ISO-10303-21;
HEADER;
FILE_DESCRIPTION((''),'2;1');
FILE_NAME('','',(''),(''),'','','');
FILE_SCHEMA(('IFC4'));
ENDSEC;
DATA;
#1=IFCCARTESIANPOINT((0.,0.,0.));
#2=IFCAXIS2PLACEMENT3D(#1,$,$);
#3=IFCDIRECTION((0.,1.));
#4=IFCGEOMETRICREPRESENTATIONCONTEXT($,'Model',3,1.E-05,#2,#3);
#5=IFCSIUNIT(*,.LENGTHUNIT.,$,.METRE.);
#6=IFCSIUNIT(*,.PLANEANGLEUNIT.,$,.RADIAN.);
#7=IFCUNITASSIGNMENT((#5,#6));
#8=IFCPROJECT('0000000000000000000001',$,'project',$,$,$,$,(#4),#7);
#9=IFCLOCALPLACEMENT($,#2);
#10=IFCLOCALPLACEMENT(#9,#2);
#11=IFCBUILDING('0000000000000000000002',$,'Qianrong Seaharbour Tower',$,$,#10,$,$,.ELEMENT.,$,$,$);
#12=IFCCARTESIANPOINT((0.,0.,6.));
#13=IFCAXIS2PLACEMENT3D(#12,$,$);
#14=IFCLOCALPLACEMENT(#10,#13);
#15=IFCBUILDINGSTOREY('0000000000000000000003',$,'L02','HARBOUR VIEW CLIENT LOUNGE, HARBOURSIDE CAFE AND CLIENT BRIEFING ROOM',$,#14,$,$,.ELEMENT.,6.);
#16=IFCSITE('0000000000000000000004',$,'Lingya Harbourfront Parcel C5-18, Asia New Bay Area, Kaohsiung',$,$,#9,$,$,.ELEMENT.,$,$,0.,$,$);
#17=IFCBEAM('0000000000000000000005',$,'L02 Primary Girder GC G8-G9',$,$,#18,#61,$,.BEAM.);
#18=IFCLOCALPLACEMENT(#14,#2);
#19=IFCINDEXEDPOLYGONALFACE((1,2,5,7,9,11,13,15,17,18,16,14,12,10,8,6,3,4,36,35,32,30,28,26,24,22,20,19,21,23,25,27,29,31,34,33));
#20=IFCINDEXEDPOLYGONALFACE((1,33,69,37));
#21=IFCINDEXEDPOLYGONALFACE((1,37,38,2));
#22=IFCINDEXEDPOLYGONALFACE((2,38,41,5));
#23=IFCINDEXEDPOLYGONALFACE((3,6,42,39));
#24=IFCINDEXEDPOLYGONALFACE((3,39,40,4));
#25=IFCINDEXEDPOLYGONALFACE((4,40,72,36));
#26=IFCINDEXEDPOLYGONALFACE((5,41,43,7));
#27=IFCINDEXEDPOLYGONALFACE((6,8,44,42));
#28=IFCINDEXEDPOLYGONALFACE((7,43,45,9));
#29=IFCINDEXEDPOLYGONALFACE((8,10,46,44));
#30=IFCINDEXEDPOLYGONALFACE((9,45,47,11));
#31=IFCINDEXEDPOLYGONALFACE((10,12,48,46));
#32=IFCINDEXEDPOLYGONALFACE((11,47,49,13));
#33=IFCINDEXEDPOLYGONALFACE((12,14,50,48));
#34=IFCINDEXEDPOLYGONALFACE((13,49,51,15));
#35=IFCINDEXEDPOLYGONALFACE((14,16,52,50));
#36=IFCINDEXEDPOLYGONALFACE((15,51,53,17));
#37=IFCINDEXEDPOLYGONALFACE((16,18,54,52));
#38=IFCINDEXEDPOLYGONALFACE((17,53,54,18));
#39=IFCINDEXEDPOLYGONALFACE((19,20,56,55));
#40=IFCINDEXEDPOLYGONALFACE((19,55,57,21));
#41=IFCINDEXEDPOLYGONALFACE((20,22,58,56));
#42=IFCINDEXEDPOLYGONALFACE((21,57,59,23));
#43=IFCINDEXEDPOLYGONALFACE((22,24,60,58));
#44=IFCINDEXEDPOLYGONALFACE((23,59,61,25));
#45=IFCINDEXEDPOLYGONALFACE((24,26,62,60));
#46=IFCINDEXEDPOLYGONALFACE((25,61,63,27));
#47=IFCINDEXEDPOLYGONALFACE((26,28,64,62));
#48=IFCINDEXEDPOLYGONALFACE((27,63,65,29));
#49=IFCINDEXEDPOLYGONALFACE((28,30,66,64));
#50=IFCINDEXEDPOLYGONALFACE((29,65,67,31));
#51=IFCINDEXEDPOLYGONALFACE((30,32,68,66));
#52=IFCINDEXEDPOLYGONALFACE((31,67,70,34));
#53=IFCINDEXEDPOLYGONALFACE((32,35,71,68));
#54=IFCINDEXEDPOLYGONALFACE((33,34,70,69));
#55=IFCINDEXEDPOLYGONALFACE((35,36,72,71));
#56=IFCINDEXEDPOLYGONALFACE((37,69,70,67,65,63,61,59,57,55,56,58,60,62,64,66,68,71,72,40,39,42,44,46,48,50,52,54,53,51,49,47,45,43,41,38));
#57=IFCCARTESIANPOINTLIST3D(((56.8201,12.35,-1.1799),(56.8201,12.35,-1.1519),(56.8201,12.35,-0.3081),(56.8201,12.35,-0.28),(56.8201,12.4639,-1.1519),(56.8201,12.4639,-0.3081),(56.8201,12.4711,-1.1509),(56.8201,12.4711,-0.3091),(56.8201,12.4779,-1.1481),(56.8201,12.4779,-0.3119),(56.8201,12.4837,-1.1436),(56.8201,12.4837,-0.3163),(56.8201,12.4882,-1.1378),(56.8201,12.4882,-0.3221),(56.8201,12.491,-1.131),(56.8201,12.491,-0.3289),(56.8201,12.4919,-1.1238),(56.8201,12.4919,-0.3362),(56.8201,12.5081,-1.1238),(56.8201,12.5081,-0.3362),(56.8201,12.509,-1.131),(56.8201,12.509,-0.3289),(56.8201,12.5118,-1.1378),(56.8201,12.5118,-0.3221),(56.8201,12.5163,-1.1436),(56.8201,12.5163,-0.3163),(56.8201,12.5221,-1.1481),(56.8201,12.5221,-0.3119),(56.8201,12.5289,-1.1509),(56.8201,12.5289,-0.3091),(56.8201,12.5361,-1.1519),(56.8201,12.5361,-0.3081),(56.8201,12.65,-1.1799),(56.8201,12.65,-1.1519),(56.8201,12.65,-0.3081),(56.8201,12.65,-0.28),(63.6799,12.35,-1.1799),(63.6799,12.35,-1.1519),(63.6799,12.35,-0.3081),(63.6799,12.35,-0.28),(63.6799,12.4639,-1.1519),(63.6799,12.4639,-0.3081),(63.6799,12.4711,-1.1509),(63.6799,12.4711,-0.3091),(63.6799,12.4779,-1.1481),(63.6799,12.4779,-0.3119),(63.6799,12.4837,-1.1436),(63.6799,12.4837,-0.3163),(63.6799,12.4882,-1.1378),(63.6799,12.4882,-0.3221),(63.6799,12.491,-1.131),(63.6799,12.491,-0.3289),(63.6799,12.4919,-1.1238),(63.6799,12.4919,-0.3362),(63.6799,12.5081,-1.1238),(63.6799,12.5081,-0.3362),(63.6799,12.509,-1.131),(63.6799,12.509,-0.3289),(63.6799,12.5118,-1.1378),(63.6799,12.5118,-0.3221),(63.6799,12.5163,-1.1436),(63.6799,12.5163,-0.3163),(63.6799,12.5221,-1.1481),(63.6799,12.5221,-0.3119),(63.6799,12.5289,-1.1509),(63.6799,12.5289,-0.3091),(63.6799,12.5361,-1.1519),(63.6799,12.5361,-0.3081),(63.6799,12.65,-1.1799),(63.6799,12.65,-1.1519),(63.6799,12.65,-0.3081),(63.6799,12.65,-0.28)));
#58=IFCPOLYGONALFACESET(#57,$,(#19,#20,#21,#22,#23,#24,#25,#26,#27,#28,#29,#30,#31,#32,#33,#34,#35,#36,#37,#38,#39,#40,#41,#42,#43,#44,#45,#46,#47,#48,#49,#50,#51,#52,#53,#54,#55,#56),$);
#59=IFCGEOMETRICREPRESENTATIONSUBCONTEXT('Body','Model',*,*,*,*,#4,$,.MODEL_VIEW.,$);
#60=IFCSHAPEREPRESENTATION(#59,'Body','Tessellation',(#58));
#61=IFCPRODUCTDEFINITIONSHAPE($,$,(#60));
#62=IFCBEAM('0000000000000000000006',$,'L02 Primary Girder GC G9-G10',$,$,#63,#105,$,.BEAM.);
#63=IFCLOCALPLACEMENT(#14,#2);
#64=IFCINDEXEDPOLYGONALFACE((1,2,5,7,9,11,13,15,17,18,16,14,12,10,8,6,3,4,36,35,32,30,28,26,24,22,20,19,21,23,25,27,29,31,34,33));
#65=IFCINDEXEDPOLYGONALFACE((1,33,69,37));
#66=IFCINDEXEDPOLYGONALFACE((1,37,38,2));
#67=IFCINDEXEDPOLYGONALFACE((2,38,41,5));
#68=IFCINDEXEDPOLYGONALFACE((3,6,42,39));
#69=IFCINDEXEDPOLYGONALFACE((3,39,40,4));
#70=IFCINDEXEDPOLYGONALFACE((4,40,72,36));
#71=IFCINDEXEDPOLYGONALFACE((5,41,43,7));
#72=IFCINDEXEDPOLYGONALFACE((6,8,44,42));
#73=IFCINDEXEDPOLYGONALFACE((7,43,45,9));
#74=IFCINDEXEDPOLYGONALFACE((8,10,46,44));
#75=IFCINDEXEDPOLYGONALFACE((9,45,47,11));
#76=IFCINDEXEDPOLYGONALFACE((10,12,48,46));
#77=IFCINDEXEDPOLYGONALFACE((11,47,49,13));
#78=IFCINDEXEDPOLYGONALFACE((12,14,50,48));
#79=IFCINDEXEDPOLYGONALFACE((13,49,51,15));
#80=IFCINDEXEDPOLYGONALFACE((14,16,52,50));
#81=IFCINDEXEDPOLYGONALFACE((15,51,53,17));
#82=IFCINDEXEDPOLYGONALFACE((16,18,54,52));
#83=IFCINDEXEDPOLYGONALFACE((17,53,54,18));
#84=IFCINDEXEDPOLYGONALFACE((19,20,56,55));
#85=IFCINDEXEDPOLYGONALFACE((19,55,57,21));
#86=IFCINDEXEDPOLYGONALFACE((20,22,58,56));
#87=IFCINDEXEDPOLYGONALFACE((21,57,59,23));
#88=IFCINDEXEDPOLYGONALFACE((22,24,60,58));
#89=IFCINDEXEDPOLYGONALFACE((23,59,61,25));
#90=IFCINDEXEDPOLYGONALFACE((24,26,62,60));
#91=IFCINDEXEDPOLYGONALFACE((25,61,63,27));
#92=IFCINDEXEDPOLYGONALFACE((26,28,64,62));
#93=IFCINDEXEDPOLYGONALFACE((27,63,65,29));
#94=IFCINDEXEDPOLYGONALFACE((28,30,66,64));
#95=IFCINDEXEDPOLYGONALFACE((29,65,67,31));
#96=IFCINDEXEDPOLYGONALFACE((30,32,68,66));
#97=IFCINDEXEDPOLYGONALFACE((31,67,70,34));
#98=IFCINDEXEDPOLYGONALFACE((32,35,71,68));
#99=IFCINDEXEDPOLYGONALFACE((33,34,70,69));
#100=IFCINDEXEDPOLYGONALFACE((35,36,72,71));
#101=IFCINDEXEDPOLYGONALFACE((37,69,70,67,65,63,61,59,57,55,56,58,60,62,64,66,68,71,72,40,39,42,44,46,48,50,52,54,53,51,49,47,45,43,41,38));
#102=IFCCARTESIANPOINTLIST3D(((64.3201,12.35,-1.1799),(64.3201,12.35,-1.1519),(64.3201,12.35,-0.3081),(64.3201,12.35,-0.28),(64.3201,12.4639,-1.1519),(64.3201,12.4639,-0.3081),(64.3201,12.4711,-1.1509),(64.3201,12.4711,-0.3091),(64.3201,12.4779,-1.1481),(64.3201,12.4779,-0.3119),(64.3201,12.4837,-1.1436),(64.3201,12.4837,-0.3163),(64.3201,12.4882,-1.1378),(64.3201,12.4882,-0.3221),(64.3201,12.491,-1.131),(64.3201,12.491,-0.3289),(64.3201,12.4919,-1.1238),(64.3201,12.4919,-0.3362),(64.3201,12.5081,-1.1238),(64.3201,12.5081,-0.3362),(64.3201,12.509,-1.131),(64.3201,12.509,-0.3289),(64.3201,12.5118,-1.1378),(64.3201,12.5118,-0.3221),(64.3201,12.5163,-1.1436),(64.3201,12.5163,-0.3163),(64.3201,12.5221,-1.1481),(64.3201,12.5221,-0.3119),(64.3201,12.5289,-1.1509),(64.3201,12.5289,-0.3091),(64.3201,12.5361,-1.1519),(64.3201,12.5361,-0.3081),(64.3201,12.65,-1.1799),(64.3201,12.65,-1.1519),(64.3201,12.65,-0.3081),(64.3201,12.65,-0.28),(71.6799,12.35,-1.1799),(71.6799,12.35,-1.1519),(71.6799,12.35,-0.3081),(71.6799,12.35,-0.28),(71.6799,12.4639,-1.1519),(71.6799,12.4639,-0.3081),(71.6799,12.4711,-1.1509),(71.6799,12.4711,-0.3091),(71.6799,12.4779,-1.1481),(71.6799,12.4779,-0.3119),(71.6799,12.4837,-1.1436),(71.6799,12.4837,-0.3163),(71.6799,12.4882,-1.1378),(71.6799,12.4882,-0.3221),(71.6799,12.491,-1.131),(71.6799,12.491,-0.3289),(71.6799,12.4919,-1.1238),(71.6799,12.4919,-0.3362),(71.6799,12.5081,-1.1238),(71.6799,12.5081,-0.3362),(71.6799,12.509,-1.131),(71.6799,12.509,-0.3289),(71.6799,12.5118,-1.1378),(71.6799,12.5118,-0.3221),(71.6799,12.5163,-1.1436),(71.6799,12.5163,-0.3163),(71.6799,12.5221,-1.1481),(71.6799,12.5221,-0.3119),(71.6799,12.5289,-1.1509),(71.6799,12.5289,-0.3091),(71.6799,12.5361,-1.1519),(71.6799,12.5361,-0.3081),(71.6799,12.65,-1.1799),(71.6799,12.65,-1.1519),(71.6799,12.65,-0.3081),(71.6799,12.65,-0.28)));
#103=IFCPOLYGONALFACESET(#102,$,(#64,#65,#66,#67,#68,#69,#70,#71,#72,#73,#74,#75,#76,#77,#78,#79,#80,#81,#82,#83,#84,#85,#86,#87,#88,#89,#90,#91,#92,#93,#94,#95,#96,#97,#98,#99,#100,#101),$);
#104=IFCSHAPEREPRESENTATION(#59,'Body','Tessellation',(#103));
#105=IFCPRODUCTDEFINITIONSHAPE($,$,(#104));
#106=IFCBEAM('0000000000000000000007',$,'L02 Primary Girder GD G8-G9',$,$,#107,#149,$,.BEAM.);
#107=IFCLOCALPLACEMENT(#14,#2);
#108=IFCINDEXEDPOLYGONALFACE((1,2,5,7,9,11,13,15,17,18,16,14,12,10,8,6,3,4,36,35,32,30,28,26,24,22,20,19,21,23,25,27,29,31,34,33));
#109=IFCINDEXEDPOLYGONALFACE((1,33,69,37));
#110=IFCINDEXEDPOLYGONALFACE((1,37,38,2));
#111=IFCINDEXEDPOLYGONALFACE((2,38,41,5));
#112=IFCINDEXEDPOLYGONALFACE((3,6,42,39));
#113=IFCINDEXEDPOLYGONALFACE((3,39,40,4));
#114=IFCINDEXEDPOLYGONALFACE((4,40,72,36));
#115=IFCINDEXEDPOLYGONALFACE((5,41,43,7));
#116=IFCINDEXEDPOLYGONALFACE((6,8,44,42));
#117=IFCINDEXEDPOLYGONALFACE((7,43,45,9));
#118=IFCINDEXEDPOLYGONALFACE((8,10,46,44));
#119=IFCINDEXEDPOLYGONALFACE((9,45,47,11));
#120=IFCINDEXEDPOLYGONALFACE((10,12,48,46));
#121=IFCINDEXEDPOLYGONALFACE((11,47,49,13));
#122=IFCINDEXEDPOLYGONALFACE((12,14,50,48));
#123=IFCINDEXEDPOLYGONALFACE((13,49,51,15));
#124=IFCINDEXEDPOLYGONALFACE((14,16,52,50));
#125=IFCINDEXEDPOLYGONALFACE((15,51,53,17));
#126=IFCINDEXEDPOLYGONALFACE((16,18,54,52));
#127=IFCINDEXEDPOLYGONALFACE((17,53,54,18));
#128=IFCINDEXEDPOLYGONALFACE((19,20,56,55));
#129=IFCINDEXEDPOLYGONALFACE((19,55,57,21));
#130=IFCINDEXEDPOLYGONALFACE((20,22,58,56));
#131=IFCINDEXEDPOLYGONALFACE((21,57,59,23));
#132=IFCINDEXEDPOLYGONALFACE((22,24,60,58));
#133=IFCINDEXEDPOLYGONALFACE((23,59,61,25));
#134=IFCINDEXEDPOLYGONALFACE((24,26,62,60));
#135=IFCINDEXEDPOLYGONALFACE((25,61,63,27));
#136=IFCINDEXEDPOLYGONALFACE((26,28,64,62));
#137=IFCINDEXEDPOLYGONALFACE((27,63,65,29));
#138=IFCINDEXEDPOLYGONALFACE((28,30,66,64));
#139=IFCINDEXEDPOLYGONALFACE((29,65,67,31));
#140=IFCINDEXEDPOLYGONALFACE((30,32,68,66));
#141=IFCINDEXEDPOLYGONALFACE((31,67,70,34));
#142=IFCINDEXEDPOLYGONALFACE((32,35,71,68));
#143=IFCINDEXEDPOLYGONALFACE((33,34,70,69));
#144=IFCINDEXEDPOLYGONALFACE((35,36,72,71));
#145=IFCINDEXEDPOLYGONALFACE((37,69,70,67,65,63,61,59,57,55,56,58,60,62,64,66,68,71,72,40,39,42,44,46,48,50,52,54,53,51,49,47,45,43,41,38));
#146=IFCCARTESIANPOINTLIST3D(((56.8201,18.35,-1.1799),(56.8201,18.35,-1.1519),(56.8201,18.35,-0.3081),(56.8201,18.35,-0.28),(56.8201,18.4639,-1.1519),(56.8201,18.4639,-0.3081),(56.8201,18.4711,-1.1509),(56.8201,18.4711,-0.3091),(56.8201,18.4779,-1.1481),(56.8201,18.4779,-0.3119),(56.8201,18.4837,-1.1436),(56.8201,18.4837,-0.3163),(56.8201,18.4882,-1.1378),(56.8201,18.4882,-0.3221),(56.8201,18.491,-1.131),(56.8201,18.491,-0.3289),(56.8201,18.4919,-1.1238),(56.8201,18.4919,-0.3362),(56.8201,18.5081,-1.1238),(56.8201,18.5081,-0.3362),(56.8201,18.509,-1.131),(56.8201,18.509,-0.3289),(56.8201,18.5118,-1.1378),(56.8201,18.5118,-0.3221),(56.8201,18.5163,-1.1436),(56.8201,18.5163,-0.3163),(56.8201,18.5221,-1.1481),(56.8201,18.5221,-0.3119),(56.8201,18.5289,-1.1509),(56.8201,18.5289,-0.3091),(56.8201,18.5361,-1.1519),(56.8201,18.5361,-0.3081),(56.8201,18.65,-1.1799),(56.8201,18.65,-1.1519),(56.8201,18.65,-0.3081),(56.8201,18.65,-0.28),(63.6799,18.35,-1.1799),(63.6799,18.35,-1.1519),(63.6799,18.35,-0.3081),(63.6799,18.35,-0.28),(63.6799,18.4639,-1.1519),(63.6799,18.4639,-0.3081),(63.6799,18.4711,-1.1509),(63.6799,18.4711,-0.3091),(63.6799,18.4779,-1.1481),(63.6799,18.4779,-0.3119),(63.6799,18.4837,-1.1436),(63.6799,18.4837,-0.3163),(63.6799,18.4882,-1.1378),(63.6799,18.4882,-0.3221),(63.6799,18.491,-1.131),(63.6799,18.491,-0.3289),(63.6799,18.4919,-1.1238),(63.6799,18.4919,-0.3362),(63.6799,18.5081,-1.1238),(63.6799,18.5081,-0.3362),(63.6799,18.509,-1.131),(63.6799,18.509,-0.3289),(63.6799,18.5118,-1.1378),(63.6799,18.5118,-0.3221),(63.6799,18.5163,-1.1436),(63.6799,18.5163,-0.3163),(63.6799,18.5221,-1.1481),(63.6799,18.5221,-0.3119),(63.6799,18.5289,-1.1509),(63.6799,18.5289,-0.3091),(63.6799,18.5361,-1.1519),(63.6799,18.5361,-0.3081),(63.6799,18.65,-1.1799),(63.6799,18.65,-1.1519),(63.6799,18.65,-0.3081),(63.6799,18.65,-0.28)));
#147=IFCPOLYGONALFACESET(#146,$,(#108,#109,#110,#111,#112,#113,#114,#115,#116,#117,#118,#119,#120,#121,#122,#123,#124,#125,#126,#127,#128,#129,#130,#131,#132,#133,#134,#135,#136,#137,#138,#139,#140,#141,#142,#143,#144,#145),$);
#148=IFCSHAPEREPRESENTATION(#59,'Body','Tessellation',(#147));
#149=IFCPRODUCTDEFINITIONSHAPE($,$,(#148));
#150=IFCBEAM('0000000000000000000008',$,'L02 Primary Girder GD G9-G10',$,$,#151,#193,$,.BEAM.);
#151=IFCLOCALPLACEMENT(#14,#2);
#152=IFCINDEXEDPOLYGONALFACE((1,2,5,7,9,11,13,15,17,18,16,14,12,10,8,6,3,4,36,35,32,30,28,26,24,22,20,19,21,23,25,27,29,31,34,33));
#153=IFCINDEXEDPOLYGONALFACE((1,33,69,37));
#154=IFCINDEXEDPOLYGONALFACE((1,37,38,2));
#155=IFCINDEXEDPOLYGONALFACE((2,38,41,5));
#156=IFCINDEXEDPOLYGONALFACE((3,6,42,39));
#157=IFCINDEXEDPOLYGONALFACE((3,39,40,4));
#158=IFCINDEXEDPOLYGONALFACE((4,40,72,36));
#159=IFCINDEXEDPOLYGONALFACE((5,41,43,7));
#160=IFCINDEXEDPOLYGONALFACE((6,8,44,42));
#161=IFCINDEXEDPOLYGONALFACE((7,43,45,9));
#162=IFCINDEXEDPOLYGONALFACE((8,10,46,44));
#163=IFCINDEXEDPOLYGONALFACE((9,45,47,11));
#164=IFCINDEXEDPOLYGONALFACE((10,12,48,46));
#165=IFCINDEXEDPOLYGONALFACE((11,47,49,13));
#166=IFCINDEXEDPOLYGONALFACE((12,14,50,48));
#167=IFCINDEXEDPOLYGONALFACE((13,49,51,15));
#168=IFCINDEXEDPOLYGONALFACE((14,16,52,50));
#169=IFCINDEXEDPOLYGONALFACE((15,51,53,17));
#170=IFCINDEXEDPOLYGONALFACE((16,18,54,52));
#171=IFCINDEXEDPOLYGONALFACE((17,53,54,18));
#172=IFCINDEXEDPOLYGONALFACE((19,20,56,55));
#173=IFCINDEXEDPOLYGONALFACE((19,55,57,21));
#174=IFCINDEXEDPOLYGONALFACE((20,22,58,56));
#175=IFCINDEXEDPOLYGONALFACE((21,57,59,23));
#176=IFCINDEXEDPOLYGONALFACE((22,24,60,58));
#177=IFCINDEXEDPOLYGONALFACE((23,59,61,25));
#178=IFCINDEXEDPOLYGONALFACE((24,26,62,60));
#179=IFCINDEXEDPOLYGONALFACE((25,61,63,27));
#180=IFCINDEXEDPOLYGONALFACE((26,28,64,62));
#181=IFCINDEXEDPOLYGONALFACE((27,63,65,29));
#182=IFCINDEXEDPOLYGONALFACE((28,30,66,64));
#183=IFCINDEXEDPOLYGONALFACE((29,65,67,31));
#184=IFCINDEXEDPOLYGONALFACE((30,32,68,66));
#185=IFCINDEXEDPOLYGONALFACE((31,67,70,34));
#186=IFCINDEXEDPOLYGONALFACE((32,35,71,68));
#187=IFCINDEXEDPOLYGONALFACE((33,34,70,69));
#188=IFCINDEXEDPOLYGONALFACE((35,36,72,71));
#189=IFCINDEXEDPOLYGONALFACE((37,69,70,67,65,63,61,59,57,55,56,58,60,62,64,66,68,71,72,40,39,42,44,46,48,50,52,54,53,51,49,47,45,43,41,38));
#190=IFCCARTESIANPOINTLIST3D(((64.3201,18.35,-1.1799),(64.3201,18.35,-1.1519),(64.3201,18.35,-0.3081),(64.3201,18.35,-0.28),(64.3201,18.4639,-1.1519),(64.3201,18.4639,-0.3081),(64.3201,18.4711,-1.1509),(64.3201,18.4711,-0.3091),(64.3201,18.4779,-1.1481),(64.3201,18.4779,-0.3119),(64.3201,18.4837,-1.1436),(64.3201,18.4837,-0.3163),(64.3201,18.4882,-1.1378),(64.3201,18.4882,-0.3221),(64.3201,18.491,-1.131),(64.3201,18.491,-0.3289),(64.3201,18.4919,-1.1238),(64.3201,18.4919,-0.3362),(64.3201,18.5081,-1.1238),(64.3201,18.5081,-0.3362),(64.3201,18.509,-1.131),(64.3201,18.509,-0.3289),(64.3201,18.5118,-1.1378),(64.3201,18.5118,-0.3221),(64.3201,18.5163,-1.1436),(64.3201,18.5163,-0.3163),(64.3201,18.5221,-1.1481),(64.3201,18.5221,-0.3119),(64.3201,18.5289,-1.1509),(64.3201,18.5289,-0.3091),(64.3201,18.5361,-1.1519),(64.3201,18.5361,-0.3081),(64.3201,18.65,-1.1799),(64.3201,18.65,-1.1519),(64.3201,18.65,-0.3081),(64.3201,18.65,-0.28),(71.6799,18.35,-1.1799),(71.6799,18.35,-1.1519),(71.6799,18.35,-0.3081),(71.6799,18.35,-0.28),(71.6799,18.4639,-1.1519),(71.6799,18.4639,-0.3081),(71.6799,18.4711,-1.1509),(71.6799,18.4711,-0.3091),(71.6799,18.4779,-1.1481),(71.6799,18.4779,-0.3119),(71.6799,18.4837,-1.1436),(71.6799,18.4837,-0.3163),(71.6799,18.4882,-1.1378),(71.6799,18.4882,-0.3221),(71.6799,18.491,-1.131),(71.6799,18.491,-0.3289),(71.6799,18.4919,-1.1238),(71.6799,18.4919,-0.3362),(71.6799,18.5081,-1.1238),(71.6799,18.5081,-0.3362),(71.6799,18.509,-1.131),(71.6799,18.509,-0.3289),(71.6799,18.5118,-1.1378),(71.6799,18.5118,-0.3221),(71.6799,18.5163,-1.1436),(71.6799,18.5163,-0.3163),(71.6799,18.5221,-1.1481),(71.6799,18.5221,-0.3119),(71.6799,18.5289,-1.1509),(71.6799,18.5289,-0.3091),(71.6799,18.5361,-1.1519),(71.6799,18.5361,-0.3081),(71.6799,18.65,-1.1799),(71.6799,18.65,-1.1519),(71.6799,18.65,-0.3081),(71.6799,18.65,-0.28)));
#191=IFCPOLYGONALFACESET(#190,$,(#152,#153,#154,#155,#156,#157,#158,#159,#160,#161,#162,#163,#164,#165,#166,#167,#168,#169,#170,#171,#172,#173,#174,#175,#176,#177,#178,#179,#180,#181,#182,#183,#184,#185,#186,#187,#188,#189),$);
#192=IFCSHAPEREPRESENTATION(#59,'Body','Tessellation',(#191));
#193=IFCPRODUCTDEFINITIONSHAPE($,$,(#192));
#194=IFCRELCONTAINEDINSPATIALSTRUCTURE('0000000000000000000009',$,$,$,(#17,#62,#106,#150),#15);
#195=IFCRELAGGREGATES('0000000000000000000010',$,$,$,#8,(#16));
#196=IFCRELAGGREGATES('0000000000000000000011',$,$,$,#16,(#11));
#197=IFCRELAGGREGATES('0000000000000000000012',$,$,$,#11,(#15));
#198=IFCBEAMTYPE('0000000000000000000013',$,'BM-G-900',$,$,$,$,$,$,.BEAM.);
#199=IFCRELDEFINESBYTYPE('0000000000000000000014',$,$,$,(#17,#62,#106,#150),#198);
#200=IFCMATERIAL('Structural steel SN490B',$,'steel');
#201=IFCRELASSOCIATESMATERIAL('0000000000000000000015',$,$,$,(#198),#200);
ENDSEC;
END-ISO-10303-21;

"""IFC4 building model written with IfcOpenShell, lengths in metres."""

from ifc_helpers import new_model, si_unit, direction, frame, origin, origin_2d, place, context, subcontext, project, spatial, i_section, extrude, material, material_profile, profile_set, type_object, element, save


model = new_model("IFC4")

# Units and contexts
model_context = context("Model", 3, precision=1e-05, world=origin(), true_north=direction((0.0, 1.0)))
body_context = subcontext(model_context, "Body", "Model", "MODEL_VIEW")
ifc_project = project(units=[si_unit("LENGTHUNIT", "METRE"), si_unit("PLANEANGLEUNIT", "RADIAN")], contexts=[model_context])

# Site, building, storey
site_placement = place(None, origin())
site = spatial("IfcSite", under=ifc_project, at=site_placement, Name="Lingya Harbourfront Parcel C5-18, Asia New Bay Area, Kaohsiung", CompositionType="ELEMENT", RefElevation=0.0)
building_placement = place(site_placement, origin())
building = spatial("IfcBuilding", under=site, at=building_placement, Name="Qianrong Seaharbour Tower", CompositionType="ELEMENT")
storey_placement = place(building_placement, frame((0.0, 0.0, 6.0)))
storey = spatial("IfcBuildingStorey", under=building, at=storey_placement, Name="L02", Description="HARBOUR VIEW CLIENT LOUNGE, HARBOURSIDE CAFE AND CLIENT BRIEFING ROOM", CompositionType="ELEMENT", Elevation=6.0)

# Shared definitions
ifc_material_1 = material(Name="Structural steel SN490B", Category="steel")

# Beams
ifc_material_profile_1 = material_profile(ifc_material_1, i_section(OverallWidth=0.3, OverallDepth=0.8999, WebThickness=0.0161, FlangeThickness=0.0281, FilletRadius=0.0281, at=origin_2d()), Name="H900x300x16x28")
ifc_profile_set_1 = profile_set([ifc_material_profile_1], Name="Structural steel SN490B")
beam_type_1 = type_object("IfcBeamType", Name="BM-G-900", PredefinedType="BEAM", material=ifc_profile_set_1)
beam_1_placement = place(storey_placement, frame((56.8201, 12.5, -0.73), z_axis=(1.0, 0.0, 0.0), x_axis=(0.0, 1.0, 0.0)))
element("IfcBeam", 1, at=beam_1_placement, inside=storey, type_object=beam_type_1, Name="L02 Primary Girder GC G8-G9", PredefinedType="BEAM", context=body_context, shape_type="SweptSolid", body=[
    extrude(i_section(OverallWidth=0.3, OverallDepth=0.8999, WebThickness=0.0161, FlangeThickness=0.0281, FilletRadius=0.0281, at=origin_2d()), origin(), (0.0, 0.0, 1.0), 6.8599),
])
beam_2_placement = place(storey_placement, frame((64.3201, 12.5, -0.73), z_axis=(1.0, 0.0, 0.0), x_axis=(0.0, 1.0, 0.0)))
element("IfcBeam", 2, at=beam_2_placement, inside=storey, type_object=beam_type_1, Name="L02 Primary Girder GC G9-G10", PredefinedType="BEAM", context=body_context, shape_type="SweptSolid", body=[
    extrude(i_section(OverallWidth=0.3, OverallDepth=0.8999, WebThickness=0.0161, FlangeThickness=0.0281, FilletRadius=0.0281, at=origin_2d()), origin(), (0.0, 0.0, 1.0), 7.3599),
])
beam_3_placement = place(storey_placement, frame((56.8201, 18.5, -0.73), z_axis=(1.0, 0.0, 0.0), x_axis=(0.0, 1.0, 0.0)))
element("IfcBeam", 3, at=beam_3_placement, inside=storey, type_object=beam_type_1, Name="L02 Primary Girder GD G8-G9", PredefinedType="BEAM", context=body_context, shape_type="SweptSolid", body=[
    extrude(i_section(OverallWidth=0.3, OverallDepth=0.8999, WebThickness=0.0161, FlangeThickness=0.0281, FilletRadius=0.0281, at=origin_2d()), origin(), (0.0, 0.0, 1.0), 6.8599),
])
beam_4_placement = place(storey_placement, frame((64.3201, 18.5, -0.73), z_axis=(1.0, 0.0, 0.0), x_axis=(0.0, 1.0, 0.0)))
element("IfcBeam", 4, at=beam_4_placement, inside=storey, type_object=beam_type_1, Name="L02 Primary Girder GD G9-G10", PredefinedType="BEAM", context=body_context, shape_type="SweptSolid", body=[
    extrude(i_section(OverallWidth=0.3, OverallDepth=0.8999, WebThickness=0.0161, FlangeThickness=0.0281, FilletRadius=0.0281, at=origin_2d()), origin(), (0.0, 0.0, 1.0), 7.3599),
])

save(model, "model.ifc")
